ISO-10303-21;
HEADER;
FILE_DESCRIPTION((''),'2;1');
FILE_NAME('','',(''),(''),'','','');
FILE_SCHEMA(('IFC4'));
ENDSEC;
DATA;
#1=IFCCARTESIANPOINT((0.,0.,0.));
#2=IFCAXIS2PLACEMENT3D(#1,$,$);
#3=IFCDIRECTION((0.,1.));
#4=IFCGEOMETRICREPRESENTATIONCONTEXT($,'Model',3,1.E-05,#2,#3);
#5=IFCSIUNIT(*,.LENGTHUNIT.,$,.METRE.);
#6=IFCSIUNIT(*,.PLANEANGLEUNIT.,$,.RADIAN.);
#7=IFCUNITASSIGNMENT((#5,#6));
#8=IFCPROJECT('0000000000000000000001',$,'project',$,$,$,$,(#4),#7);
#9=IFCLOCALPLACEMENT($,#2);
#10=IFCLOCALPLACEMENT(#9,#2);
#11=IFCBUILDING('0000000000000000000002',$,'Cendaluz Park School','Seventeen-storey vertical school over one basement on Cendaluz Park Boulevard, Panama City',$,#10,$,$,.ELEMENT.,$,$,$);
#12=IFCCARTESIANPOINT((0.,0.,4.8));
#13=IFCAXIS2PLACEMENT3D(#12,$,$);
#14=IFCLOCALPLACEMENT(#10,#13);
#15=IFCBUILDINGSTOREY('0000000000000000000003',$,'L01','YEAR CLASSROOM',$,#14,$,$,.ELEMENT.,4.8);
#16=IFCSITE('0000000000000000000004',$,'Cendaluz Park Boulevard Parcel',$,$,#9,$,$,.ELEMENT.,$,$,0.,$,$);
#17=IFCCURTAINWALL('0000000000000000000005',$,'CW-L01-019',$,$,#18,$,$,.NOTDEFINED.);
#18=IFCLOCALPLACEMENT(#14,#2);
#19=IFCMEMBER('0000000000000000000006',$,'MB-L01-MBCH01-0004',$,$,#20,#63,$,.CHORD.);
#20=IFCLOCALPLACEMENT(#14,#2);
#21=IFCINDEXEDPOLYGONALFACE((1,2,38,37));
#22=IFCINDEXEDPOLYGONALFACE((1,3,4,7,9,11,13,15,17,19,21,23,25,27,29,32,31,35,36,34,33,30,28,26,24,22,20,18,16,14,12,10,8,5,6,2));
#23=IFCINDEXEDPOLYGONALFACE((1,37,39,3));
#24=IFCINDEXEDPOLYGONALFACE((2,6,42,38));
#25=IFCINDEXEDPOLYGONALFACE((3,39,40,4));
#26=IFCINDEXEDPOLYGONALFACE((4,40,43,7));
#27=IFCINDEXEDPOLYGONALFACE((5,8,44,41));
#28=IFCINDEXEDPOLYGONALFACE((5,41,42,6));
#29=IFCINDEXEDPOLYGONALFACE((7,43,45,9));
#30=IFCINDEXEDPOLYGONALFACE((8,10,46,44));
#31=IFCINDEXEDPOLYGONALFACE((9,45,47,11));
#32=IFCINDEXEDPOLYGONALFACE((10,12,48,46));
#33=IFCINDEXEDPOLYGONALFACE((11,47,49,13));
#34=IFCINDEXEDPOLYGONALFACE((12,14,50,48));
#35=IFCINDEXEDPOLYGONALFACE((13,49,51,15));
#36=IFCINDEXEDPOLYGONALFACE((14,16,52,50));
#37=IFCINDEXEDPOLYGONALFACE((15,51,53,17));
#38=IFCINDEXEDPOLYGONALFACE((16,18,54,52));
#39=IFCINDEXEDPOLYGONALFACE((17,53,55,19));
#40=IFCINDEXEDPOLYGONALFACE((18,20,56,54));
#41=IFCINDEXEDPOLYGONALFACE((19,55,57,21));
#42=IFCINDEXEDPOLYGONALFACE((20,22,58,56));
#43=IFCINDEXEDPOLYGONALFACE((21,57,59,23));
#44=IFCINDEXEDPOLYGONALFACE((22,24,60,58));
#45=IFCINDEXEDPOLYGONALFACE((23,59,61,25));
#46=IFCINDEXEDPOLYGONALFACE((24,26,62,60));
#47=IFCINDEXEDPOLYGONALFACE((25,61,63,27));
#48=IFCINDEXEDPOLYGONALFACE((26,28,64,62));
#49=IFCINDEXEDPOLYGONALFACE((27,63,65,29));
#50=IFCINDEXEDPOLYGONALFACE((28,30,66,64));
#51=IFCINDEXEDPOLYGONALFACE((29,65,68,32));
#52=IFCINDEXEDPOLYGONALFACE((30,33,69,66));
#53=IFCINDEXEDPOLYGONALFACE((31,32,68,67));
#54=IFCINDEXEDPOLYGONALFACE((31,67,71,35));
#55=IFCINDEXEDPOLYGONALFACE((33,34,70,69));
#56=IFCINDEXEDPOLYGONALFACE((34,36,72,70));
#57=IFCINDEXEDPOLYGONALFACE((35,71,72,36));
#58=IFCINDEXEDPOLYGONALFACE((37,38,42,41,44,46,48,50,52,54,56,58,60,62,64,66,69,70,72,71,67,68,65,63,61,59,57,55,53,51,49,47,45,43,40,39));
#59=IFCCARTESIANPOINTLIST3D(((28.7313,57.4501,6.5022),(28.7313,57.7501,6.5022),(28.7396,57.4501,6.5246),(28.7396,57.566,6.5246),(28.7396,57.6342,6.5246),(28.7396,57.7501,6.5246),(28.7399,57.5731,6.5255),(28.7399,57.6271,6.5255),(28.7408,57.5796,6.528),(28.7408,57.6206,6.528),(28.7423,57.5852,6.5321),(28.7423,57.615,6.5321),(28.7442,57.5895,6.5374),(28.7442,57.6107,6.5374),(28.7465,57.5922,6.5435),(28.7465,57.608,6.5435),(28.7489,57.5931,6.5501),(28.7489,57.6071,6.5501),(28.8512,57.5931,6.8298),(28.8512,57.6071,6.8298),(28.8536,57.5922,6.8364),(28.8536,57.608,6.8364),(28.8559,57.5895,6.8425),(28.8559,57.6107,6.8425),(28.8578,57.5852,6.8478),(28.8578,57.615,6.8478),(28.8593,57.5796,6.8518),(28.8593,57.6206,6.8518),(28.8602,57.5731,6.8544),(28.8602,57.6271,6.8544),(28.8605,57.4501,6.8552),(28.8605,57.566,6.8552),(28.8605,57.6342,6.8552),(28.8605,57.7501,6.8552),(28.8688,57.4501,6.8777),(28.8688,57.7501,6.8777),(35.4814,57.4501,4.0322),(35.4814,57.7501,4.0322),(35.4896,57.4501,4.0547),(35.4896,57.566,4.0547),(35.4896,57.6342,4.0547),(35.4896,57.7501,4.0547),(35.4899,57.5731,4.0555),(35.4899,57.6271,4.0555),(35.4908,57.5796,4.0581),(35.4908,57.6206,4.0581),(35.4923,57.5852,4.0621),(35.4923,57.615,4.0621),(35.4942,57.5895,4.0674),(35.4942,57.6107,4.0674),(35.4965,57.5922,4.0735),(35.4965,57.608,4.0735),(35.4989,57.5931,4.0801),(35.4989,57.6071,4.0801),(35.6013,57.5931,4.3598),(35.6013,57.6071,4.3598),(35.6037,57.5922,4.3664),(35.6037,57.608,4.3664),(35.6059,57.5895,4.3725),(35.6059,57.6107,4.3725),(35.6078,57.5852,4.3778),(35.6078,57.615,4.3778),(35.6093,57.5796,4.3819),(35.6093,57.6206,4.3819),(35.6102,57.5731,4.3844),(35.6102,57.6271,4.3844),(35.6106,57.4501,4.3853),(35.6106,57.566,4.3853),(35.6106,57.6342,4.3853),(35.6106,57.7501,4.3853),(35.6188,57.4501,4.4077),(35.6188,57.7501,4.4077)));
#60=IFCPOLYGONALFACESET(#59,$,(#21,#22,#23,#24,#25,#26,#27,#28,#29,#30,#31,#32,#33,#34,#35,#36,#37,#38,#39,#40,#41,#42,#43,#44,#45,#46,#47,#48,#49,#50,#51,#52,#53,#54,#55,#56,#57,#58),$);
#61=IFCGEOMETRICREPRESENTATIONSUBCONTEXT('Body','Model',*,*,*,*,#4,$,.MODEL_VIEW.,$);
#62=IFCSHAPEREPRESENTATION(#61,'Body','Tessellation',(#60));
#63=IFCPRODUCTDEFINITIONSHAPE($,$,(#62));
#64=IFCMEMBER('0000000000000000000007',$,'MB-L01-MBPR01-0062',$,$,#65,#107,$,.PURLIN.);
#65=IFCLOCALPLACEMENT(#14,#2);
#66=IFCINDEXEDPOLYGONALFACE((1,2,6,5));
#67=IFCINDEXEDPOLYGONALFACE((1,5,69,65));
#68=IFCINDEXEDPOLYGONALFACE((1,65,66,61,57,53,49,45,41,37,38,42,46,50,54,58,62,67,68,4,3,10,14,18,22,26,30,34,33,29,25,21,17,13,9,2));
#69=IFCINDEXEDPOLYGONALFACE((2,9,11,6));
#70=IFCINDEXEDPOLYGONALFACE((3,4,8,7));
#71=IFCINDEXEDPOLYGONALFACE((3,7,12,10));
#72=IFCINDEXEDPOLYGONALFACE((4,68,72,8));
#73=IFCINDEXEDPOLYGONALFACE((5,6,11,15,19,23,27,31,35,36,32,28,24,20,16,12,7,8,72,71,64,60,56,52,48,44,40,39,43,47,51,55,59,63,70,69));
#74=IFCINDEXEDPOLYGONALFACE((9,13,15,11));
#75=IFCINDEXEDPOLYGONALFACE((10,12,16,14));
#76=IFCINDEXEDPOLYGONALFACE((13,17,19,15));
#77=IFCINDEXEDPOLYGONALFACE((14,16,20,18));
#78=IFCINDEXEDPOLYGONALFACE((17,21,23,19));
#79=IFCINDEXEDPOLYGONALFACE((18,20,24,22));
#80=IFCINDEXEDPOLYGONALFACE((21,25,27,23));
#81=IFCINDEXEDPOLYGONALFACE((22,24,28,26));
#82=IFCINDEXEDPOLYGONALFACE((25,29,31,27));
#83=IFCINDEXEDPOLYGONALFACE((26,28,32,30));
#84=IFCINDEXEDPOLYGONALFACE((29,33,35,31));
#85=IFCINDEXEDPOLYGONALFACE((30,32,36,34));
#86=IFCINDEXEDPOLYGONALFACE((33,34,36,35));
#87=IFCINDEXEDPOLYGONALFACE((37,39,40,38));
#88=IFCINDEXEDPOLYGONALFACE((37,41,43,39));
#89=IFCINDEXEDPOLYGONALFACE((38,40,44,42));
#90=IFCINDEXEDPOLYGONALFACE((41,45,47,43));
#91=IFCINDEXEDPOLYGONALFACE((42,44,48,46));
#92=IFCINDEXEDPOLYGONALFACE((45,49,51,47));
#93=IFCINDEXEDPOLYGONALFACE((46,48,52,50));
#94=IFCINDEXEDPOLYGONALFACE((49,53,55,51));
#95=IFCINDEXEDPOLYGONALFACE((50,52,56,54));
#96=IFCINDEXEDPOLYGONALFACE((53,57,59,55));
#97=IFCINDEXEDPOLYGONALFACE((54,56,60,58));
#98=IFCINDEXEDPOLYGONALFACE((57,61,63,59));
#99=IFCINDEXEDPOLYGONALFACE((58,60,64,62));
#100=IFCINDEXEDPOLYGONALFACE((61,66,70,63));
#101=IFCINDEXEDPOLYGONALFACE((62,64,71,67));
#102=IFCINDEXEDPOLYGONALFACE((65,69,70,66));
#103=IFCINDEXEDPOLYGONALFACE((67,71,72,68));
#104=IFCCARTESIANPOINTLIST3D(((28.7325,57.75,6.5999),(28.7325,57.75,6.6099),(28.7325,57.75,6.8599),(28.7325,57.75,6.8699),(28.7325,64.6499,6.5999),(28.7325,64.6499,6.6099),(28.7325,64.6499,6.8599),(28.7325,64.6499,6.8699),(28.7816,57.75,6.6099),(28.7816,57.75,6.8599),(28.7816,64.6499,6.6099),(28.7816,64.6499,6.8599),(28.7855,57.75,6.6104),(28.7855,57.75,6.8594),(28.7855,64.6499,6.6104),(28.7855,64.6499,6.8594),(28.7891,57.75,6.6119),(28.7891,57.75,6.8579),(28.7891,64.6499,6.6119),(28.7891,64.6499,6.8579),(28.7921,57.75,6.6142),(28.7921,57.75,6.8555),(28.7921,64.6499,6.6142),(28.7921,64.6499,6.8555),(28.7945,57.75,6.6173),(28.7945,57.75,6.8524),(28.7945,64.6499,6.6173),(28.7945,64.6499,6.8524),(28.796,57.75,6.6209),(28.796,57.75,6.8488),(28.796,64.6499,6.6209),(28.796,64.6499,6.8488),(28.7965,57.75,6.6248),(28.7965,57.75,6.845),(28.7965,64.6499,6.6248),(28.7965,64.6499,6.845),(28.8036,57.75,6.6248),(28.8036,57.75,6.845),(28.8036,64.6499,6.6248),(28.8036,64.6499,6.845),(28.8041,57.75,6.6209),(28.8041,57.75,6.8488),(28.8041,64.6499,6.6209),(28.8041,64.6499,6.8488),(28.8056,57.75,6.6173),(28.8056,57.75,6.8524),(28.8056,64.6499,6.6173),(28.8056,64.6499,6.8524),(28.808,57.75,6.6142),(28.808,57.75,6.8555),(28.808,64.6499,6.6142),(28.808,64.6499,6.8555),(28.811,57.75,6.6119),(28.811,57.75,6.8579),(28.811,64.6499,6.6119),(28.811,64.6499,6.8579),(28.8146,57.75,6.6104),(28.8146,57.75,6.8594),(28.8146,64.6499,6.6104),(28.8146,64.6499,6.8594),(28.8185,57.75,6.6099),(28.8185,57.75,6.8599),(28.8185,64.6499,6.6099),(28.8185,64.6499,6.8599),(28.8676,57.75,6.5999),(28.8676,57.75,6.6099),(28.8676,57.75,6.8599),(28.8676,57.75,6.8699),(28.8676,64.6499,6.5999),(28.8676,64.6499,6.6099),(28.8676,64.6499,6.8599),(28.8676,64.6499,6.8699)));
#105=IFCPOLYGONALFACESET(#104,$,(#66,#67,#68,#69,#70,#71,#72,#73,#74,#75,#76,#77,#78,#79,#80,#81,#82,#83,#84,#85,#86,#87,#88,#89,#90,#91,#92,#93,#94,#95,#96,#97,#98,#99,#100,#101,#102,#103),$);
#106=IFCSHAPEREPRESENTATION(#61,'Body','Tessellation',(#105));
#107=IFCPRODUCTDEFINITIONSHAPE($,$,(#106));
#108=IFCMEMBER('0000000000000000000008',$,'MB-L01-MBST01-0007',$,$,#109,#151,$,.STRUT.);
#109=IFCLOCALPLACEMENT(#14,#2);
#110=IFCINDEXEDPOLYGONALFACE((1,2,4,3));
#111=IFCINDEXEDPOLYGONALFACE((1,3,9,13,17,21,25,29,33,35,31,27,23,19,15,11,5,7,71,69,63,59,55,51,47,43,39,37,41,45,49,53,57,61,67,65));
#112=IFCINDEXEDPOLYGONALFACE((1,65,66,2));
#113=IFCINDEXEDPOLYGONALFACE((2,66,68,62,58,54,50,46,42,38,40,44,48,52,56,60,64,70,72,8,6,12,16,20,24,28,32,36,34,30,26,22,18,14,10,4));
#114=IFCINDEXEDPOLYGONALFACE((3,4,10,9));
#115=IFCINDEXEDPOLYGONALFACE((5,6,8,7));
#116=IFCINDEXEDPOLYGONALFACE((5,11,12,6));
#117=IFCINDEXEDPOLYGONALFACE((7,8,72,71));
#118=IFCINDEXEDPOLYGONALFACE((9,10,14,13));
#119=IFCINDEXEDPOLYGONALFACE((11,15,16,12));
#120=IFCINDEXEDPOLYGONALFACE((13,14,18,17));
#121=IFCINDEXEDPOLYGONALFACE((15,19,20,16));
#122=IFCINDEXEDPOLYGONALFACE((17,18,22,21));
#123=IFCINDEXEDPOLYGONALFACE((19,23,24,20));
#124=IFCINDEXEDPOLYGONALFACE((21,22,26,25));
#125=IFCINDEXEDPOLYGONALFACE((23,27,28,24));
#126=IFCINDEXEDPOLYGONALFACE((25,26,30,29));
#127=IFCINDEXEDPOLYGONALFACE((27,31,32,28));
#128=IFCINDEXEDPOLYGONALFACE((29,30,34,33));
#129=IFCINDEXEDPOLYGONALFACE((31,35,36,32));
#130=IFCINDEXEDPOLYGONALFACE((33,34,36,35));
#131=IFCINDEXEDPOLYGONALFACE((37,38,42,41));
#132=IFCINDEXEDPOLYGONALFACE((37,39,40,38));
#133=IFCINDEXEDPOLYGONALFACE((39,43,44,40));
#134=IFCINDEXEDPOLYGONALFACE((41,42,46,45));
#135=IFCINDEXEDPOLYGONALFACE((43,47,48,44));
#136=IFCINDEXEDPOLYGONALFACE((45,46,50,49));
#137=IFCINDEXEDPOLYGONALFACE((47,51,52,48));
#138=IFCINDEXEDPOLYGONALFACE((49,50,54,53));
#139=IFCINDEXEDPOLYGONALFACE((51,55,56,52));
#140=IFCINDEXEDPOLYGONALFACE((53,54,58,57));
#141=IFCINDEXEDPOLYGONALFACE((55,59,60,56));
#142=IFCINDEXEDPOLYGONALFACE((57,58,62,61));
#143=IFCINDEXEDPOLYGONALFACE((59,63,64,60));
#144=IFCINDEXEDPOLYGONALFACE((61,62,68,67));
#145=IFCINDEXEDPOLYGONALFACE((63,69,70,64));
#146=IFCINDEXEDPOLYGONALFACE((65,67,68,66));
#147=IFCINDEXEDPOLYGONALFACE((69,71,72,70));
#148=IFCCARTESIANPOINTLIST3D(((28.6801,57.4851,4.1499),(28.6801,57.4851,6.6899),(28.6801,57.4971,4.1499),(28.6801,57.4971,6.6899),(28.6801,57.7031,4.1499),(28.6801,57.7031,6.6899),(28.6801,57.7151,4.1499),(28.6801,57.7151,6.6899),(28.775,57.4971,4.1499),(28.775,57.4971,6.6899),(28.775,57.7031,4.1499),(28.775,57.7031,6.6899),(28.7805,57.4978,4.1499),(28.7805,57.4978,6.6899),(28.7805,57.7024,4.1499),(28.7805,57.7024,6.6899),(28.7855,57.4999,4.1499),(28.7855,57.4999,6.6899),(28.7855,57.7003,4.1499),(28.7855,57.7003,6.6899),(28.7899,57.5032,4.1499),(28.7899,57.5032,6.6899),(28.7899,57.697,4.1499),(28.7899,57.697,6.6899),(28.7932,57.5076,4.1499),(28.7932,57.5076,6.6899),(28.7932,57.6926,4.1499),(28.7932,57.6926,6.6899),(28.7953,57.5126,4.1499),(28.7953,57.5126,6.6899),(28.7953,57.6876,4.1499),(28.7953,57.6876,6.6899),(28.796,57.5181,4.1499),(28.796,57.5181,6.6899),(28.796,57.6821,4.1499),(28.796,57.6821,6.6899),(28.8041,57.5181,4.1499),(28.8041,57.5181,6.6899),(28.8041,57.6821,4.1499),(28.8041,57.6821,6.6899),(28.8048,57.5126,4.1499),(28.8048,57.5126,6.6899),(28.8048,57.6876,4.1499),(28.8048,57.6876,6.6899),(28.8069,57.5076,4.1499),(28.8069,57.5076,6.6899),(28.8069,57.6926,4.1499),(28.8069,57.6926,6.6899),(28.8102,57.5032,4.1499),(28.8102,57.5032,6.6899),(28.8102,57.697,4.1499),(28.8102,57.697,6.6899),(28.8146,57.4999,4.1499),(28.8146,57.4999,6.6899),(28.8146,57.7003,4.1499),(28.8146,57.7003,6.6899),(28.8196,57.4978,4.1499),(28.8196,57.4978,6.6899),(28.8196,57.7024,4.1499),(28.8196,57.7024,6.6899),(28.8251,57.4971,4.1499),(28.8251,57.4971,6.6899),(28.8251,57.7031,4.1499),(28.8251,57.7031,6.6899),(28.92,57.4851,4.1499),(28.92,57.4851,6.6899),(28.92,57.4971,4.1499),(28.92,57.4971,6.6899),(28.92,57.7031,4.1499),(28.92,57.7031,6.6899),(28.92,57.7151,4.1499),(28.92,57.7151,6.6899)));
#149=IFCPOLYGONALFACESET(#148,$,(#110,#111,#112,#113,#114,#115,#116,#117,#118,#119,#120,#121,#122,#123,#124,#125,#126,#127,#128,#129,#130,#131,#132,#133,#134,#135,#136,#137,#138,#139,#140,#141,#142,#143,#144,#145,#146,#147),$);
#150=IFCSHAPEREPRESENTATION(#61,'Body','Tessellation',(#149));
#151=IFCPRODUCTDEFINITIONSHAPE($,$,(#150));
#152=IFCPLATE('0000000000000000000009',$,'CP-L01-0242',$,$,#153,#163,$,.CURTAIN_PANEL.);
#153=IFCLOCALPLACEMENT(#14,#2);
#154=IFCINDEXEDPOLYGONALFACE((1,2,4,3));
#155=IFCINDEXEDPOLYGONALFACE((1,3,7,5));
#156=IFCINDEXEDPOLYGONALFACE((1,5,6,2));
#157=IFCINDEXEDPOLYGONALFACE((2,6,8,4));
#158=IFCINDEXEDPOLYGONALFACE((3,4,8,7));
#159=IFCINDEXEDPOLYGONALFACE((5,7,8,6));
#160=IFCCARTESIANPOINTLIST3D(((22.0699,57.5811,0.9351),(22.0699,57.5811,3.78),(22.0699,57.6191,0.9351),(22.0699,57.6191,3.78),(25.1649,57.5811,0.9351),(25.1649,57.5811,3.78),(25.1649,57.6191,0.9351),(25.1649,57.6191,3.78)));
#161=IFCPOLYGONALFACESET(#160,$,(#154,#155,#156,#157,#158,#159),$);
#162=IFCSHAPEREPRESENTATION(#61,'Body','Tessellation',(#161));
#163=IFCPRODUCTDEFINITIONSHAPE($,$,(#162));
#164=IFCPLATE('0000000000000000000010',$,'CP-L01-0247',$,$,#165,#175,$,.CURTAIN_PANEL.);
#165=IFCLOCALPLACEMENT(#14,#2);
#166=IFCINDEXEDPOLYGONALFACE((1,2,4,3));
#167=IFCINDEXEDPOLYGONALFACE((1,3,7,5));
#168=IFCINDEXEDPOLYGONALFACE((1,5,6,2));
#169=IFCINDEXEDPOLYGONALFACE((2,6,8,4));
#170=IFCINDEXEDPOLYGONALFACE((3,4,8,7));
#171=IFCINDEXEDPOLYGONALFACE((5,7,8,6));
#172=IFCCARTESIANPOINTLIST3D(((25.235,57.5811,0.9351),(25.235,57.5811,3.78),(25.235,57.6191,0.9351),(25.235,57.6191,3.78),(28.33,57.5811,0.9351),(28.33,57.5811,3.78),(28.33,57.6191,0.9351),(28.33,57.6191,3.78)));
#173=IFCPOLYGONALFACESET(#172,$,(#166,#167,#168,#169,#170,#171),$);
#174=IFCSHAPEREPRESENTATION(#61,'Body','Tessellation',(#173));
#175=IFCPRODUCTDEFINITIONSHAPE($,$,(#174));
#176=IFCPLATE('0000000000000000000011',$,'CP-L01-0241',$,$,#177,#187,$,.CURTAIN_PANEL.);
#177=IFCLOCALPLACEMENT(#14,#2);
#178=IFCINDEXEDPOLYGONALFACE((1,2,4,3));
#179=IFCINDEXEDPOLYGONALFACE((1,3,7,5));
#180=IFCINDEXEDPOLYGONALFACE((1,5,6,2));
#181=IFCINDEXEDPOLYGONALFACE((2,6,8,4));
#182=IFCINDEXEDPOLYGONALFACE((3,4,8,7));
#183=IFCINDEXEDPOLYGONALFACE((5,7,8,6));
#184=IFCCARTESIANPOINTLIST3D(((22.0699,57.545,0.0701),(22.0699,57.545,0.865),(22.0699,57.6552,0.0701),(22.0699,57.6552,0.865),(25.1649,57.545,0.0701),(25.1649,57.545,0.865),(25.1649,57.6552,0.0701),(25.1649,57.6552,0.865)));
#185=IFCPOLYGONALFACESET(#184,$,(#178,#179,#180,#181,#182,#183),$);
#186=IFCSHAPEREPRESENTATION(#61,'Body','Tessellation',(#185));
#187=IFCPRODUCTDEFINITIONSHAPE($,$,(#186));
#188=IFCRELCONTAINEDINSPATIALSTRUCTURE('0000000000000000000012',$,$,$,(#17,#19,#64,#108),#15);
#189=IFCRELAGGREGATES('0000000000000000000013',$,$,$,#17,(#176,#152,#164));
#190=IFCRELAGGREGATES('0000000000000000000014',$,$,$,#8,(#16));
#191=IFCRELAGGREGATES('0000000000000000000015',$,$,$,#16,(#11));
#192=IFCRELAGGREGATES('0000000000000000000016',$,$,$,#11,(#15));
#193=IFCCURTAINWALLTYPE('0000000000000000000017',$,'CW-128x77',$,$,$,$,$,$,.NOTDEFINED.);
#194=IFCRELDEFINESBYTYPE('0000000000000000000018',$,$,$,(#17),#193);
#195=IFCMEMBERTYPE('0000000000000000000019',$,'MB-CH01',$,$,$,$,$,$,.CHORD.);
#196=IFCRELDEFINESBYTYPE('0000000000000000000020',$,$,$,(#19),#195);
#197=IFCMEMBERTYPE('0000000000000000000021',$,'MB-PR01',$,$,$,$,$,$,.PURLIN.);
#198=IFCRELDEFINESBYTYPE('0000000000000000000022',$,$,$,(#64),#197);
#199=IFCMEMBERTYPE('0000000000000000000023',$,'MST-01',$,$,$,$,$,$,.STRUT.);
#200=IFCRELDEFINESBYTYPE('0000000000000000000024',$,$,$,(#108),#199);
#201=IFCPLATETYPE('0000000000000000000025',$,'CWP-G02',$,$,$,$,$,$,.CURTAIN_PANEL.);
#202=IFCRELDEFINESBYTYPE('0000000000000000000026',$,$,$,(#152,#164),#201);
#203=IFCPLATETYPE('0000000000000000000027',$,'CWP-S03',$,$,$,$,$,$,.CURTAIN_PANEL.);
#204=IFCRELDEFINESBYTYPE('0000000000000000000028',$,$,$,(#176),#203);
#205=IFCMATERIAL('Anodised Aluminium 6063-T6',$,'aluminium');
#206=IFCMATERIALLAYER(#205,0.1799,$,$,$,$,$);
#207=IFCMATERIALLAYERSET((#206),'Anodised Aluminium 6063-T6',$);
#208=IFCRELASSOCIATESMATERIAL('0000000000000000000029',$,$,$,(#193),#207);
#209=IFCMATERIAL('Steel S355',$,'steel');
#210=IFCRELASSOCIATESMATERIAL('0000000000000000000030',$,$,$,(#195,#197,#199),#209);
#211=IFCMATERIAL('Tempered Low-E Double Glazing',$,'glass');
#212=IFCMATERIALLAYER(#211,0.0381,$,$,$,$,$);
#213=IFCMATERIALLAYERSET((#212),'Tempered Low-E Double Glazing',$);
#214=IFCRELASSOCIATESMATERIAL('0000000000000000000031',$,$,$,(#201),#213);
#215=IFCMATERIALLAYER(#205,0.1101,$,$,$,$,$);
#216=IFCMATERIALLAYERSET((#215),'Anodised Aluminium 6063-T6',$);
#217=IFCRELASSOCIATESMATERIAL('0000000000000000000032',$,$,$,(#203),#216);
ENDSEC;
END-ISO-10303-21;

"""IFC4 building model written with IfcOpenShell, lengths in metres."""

from ifc_helpers import new_model, si_unit, direction, frame, origin, origin_2d, place, context, subcontext, project, spatial, rectangle, i_section, extrude, material, layer, layer_set, material_profile, profile_set, type_object, element, aggregate, save


model = new_model("IFC4")

# Units and contexts
model_context = context("Model", 3, precision=1e-05, world=origin(), true_north=direction((0.0, 1.0)))
body_context = subcontext(model_context, "Body", "Model", "MODEL_VIEW")
ifc_project = project(units=[si_unit("LENGTHUNIT", "METRE"), si_unit("PLANEANGLEUNIT", "RADIAN")], contexts=[model_context])

# Site, building, storey
site_placement = place(None, origin())
site = spatial("IfcSite", under=ifc_project, at=site_placement, Name="Cendaluz Park Boulevard Parcel", CompositionType="ELEMENT", RefElevation=0.0)
building_placement = place(site_placement, origin())
building = spatial("IfcBuilding", under=site, at=building_placement, Name="Cendaluz Park School", Description="Seventeen-storey vertical school over one basement on Cendaluz Park Boulevard, Panama City", CompositionType="ELEMENT")
storey_placement = place(building_placement, frame((0.0, 0.0, 4.8)))
storey = spatial("IfcBuildingStorey", under=building, at=storey_placement, Name="L01", Description="YEAR CLASSROOM", CompositionType="ELEMENT", Elevation=4.8)

# Curtain wall
ifc_material_1 = material(Name="Anodised Aluminium 6063-T6", Category="aluminium")
ifc_layer_1 = layer(ifc_material_1, 0.1799)
ifc_layer_set_1 = layer_set([ifc_layer_1], Name="Anodised Aluminium 6063-T6")
curtain_wall_type = type_object("IfcCurtainWallType", Name="CW-128x77", PredefinedType="NOTDEFINED", material=ifc_layer_set_1)
curtain_wall_placement = place(storey_placement, origin())
curtain_wall = element("IfcCurtainWall", 1, at=curtain_wall_placement, inside=storey, type_object=curtain_wall_type, Name="CW-L01-019", PredefinedType="NOTDEFINED")

# Members
ifc_material_2 = material(Name="Steel S355", Category="steel")
ifc_material_profile_1 = material_profile(ifc_material_2, i_section(OverallWidth=0.3, OverallDepth=0.3999, WebThickness=0.0139, FlangeThickness=0.0239, FilletRadius=0.0271, at=origin_2d()), Name="HEB 400", Category="steel")
ifc_profile_set_1 = profile_set([ifc_material_profile_1], Name="Steel S355")
member_type_1 = type_object("IfcMemberType", Name="MB-CH01", PredefinedType="CHORD", material=ifc_profile_set_1)
member_1_placement = place(storey_placement, frame((28.8, 57.6001, 6.6899), z_axis=(0.939102, 0.0, -0.343638), x_axis=(0.0, 1.0, 0.0)))
element("IfcMember", 2, at=member_1_placement, inside=storey, type_object=member_type_1, Name="MB-L01-MBCH01-0004", PredefinedType="CHORD", context=body_context, shape_type="SweptSolid", body=[
    extrude(i_section(OverallWidth=0.3, OverallDepth=0.3999, WebThickness=0.0139, FlangeThickness=0.0239, FilletRadius=0.0271, at=origin_2d()), origin(), (0.0, 0.0, 1.0), 7.1877),
])
ifc_material_profile_2 = material_profile(ifc_material_2, i_section(OverallWidth=0.135, OverallDepth=0.27, WebThickness=0.0071, FlangeThickness=0.01, FilletRadius=0.0149, at=origin_2d()), Name="IPE 270", Category="steel")
ifc_profile_set_2 = profile_set([ifc_material_profile_2], Name="Steel S355")
member_type_2 = type_object("IfcMemberType", Name="MB-PR01", PredefinedType="PURLIN", material=ifc_profile_set_2)
member_2_placement = place(storey_placement, frame((28.8, 57.75, 6.7349), z_axis=(0.0, 1.0, 0.0), x_axis=(-1.0, 0.0, 0.0)))
element("IfcMember", 3, at=member_2_placement, inside=storey, type_object=member_type_2, Name="MB-L01-MBPR01-0062", PredefinedType="PURLIN", context=body_context, shape_type="SweptSolid", body=[
    extrude(i_section(OverallWidth=0.135, OverallDepth=0.27, WebThickness=0.0071, FlangeThickness=0.01, FilletRadius=0.0149, at=origin_2d()), origin(), (0.0, 0.0, 1.0), 6.8999),
])
ifc_material_profile_3 = material_profile(ifc_material_2, i_section(OverallWidth=0.24, OverallDepth=0.23, WebThickness=0.0081, FlangeThickness=0.012, FilletRadius=0.021, at=origin_2d()), Name="HEA 240", Category="steel")
ifc_profile_set_3 = profile_set([ifc_material_profile_3], Name="Steel S355")
member_type_3 = type_object("IfcMemberType", Name="MST-01", PredefinedType="STRUT", material=ifc_profile_set_3)
member_3_placement = place(storey_placement, frame((28.8, 57.6001, 4.1499), z_axis=(0.0, 0.0, 1.0), x_axis=(1.0, 0.0, 0.0)))
element("IfcMember", 4, at=member_3_placement, inside=storey, type_object=member_type_3, Name="MB-L01-MBST01-0007", PredefinedType="STRUT", context=body_context, shape_type="SweptSolid", body=[
    extrude(i_section(OverallWidth=0.24, OverallDepth=0.23, WebThickness=0.0081, FlangeThickness=0.012, FilletRadius=0.021, at=origin_2d()), origin(), (0.0, 0.0, 1.0), 2.54),
])

# Plates
ifc_material_3 = material(Name="Tempered Low-E Double Glazing", Category="glass")
ifc_layer_2 = layer(ifc_material_3, 0.0381)
ifc_layer_set_2 = layer_set([ifc_layer_2], Name="Tempered Low-E Double Glazing")
plate_type_1 = type_object("IfcPlateType", Name="CWP-G02", PredefinedType="CURTAIN_PANEL", material=ifc_layer_set_2)
plate_1_placement = place(storey_placement, frame((23.6174, 57.6001, 0.9351), z_axis=(0.0, 0.0, 1.0), x_axis=(1.0, 0.0, 0.0)))
plate_1 = element("IfcPlate", 5, at=plate_1_placement, type_object=plate_type_1, Name="CP-L01-0242", PredefinedType="CURTAIN_PANEL", context=body_context, shape_type="SweptSolid", body=[
    extrude(rectangle(XDim=3.095, YDim=0.0381, at=origin_2d()), origin(), (0.0, 0.0, 1.0), 2.845),
])
plate_2_placement = place(storey_placement, frame((26.7825, 57.6001, 0.9351), z_axis=(0.0, 0.0, 1.0), x_axis=(1.0, 0.0, 0.0)))
plate_2 = element("IfcPlate", 6, at=plate_2_placement, type_object=plate_type_1, Name="CP-L01-0247", PredefinedType="CURTAIN_PANEL", context=body_context, shape_type="SweptSolid", body=[
    extrude(rectangle(XDim=3.095, YDim=0.0381, at=origin_2d()), origin(), (0.0, 0.0, 1.0), 2.845),
])
ifc_layer_3 = layer(ifc_material_1, 0.1101)
ifc_layer_set_3 = layer_set([ifc_layer_3], Name="Anodised Aluminium 6063-T6")
plate_type_2 = type_object("IfcPlateType", Name="CWP-S03", PredefinedType="CURTAIN_PANEL", material=ifc_layer_set_3)
plate_3_placement = place(storey_placement, frame((23.6174, 57.6001, 0.0701), z_axis=(0.0, 0.0, 1.0), x_axis=(1.0, 0.0, 0.0)))
plate_3 = element("IfcPlate", 7, at=plate_3_placement, type_object=plate_type_2, Name="CP-L01-0241", PredefinedType="CURTAIN_PANEL", context=body_context, shape_type="SweptSolid", body=[
    extrude(rectangle(XDim=3.095, YDim=0.1101, at=origin_2d()), origin(), (0.0, 0.0, 1.0), 0.7949),
])
aggregate(curtain_wall, [plate_3, plate_1, plate_2])

save(model, "model.ifc")
